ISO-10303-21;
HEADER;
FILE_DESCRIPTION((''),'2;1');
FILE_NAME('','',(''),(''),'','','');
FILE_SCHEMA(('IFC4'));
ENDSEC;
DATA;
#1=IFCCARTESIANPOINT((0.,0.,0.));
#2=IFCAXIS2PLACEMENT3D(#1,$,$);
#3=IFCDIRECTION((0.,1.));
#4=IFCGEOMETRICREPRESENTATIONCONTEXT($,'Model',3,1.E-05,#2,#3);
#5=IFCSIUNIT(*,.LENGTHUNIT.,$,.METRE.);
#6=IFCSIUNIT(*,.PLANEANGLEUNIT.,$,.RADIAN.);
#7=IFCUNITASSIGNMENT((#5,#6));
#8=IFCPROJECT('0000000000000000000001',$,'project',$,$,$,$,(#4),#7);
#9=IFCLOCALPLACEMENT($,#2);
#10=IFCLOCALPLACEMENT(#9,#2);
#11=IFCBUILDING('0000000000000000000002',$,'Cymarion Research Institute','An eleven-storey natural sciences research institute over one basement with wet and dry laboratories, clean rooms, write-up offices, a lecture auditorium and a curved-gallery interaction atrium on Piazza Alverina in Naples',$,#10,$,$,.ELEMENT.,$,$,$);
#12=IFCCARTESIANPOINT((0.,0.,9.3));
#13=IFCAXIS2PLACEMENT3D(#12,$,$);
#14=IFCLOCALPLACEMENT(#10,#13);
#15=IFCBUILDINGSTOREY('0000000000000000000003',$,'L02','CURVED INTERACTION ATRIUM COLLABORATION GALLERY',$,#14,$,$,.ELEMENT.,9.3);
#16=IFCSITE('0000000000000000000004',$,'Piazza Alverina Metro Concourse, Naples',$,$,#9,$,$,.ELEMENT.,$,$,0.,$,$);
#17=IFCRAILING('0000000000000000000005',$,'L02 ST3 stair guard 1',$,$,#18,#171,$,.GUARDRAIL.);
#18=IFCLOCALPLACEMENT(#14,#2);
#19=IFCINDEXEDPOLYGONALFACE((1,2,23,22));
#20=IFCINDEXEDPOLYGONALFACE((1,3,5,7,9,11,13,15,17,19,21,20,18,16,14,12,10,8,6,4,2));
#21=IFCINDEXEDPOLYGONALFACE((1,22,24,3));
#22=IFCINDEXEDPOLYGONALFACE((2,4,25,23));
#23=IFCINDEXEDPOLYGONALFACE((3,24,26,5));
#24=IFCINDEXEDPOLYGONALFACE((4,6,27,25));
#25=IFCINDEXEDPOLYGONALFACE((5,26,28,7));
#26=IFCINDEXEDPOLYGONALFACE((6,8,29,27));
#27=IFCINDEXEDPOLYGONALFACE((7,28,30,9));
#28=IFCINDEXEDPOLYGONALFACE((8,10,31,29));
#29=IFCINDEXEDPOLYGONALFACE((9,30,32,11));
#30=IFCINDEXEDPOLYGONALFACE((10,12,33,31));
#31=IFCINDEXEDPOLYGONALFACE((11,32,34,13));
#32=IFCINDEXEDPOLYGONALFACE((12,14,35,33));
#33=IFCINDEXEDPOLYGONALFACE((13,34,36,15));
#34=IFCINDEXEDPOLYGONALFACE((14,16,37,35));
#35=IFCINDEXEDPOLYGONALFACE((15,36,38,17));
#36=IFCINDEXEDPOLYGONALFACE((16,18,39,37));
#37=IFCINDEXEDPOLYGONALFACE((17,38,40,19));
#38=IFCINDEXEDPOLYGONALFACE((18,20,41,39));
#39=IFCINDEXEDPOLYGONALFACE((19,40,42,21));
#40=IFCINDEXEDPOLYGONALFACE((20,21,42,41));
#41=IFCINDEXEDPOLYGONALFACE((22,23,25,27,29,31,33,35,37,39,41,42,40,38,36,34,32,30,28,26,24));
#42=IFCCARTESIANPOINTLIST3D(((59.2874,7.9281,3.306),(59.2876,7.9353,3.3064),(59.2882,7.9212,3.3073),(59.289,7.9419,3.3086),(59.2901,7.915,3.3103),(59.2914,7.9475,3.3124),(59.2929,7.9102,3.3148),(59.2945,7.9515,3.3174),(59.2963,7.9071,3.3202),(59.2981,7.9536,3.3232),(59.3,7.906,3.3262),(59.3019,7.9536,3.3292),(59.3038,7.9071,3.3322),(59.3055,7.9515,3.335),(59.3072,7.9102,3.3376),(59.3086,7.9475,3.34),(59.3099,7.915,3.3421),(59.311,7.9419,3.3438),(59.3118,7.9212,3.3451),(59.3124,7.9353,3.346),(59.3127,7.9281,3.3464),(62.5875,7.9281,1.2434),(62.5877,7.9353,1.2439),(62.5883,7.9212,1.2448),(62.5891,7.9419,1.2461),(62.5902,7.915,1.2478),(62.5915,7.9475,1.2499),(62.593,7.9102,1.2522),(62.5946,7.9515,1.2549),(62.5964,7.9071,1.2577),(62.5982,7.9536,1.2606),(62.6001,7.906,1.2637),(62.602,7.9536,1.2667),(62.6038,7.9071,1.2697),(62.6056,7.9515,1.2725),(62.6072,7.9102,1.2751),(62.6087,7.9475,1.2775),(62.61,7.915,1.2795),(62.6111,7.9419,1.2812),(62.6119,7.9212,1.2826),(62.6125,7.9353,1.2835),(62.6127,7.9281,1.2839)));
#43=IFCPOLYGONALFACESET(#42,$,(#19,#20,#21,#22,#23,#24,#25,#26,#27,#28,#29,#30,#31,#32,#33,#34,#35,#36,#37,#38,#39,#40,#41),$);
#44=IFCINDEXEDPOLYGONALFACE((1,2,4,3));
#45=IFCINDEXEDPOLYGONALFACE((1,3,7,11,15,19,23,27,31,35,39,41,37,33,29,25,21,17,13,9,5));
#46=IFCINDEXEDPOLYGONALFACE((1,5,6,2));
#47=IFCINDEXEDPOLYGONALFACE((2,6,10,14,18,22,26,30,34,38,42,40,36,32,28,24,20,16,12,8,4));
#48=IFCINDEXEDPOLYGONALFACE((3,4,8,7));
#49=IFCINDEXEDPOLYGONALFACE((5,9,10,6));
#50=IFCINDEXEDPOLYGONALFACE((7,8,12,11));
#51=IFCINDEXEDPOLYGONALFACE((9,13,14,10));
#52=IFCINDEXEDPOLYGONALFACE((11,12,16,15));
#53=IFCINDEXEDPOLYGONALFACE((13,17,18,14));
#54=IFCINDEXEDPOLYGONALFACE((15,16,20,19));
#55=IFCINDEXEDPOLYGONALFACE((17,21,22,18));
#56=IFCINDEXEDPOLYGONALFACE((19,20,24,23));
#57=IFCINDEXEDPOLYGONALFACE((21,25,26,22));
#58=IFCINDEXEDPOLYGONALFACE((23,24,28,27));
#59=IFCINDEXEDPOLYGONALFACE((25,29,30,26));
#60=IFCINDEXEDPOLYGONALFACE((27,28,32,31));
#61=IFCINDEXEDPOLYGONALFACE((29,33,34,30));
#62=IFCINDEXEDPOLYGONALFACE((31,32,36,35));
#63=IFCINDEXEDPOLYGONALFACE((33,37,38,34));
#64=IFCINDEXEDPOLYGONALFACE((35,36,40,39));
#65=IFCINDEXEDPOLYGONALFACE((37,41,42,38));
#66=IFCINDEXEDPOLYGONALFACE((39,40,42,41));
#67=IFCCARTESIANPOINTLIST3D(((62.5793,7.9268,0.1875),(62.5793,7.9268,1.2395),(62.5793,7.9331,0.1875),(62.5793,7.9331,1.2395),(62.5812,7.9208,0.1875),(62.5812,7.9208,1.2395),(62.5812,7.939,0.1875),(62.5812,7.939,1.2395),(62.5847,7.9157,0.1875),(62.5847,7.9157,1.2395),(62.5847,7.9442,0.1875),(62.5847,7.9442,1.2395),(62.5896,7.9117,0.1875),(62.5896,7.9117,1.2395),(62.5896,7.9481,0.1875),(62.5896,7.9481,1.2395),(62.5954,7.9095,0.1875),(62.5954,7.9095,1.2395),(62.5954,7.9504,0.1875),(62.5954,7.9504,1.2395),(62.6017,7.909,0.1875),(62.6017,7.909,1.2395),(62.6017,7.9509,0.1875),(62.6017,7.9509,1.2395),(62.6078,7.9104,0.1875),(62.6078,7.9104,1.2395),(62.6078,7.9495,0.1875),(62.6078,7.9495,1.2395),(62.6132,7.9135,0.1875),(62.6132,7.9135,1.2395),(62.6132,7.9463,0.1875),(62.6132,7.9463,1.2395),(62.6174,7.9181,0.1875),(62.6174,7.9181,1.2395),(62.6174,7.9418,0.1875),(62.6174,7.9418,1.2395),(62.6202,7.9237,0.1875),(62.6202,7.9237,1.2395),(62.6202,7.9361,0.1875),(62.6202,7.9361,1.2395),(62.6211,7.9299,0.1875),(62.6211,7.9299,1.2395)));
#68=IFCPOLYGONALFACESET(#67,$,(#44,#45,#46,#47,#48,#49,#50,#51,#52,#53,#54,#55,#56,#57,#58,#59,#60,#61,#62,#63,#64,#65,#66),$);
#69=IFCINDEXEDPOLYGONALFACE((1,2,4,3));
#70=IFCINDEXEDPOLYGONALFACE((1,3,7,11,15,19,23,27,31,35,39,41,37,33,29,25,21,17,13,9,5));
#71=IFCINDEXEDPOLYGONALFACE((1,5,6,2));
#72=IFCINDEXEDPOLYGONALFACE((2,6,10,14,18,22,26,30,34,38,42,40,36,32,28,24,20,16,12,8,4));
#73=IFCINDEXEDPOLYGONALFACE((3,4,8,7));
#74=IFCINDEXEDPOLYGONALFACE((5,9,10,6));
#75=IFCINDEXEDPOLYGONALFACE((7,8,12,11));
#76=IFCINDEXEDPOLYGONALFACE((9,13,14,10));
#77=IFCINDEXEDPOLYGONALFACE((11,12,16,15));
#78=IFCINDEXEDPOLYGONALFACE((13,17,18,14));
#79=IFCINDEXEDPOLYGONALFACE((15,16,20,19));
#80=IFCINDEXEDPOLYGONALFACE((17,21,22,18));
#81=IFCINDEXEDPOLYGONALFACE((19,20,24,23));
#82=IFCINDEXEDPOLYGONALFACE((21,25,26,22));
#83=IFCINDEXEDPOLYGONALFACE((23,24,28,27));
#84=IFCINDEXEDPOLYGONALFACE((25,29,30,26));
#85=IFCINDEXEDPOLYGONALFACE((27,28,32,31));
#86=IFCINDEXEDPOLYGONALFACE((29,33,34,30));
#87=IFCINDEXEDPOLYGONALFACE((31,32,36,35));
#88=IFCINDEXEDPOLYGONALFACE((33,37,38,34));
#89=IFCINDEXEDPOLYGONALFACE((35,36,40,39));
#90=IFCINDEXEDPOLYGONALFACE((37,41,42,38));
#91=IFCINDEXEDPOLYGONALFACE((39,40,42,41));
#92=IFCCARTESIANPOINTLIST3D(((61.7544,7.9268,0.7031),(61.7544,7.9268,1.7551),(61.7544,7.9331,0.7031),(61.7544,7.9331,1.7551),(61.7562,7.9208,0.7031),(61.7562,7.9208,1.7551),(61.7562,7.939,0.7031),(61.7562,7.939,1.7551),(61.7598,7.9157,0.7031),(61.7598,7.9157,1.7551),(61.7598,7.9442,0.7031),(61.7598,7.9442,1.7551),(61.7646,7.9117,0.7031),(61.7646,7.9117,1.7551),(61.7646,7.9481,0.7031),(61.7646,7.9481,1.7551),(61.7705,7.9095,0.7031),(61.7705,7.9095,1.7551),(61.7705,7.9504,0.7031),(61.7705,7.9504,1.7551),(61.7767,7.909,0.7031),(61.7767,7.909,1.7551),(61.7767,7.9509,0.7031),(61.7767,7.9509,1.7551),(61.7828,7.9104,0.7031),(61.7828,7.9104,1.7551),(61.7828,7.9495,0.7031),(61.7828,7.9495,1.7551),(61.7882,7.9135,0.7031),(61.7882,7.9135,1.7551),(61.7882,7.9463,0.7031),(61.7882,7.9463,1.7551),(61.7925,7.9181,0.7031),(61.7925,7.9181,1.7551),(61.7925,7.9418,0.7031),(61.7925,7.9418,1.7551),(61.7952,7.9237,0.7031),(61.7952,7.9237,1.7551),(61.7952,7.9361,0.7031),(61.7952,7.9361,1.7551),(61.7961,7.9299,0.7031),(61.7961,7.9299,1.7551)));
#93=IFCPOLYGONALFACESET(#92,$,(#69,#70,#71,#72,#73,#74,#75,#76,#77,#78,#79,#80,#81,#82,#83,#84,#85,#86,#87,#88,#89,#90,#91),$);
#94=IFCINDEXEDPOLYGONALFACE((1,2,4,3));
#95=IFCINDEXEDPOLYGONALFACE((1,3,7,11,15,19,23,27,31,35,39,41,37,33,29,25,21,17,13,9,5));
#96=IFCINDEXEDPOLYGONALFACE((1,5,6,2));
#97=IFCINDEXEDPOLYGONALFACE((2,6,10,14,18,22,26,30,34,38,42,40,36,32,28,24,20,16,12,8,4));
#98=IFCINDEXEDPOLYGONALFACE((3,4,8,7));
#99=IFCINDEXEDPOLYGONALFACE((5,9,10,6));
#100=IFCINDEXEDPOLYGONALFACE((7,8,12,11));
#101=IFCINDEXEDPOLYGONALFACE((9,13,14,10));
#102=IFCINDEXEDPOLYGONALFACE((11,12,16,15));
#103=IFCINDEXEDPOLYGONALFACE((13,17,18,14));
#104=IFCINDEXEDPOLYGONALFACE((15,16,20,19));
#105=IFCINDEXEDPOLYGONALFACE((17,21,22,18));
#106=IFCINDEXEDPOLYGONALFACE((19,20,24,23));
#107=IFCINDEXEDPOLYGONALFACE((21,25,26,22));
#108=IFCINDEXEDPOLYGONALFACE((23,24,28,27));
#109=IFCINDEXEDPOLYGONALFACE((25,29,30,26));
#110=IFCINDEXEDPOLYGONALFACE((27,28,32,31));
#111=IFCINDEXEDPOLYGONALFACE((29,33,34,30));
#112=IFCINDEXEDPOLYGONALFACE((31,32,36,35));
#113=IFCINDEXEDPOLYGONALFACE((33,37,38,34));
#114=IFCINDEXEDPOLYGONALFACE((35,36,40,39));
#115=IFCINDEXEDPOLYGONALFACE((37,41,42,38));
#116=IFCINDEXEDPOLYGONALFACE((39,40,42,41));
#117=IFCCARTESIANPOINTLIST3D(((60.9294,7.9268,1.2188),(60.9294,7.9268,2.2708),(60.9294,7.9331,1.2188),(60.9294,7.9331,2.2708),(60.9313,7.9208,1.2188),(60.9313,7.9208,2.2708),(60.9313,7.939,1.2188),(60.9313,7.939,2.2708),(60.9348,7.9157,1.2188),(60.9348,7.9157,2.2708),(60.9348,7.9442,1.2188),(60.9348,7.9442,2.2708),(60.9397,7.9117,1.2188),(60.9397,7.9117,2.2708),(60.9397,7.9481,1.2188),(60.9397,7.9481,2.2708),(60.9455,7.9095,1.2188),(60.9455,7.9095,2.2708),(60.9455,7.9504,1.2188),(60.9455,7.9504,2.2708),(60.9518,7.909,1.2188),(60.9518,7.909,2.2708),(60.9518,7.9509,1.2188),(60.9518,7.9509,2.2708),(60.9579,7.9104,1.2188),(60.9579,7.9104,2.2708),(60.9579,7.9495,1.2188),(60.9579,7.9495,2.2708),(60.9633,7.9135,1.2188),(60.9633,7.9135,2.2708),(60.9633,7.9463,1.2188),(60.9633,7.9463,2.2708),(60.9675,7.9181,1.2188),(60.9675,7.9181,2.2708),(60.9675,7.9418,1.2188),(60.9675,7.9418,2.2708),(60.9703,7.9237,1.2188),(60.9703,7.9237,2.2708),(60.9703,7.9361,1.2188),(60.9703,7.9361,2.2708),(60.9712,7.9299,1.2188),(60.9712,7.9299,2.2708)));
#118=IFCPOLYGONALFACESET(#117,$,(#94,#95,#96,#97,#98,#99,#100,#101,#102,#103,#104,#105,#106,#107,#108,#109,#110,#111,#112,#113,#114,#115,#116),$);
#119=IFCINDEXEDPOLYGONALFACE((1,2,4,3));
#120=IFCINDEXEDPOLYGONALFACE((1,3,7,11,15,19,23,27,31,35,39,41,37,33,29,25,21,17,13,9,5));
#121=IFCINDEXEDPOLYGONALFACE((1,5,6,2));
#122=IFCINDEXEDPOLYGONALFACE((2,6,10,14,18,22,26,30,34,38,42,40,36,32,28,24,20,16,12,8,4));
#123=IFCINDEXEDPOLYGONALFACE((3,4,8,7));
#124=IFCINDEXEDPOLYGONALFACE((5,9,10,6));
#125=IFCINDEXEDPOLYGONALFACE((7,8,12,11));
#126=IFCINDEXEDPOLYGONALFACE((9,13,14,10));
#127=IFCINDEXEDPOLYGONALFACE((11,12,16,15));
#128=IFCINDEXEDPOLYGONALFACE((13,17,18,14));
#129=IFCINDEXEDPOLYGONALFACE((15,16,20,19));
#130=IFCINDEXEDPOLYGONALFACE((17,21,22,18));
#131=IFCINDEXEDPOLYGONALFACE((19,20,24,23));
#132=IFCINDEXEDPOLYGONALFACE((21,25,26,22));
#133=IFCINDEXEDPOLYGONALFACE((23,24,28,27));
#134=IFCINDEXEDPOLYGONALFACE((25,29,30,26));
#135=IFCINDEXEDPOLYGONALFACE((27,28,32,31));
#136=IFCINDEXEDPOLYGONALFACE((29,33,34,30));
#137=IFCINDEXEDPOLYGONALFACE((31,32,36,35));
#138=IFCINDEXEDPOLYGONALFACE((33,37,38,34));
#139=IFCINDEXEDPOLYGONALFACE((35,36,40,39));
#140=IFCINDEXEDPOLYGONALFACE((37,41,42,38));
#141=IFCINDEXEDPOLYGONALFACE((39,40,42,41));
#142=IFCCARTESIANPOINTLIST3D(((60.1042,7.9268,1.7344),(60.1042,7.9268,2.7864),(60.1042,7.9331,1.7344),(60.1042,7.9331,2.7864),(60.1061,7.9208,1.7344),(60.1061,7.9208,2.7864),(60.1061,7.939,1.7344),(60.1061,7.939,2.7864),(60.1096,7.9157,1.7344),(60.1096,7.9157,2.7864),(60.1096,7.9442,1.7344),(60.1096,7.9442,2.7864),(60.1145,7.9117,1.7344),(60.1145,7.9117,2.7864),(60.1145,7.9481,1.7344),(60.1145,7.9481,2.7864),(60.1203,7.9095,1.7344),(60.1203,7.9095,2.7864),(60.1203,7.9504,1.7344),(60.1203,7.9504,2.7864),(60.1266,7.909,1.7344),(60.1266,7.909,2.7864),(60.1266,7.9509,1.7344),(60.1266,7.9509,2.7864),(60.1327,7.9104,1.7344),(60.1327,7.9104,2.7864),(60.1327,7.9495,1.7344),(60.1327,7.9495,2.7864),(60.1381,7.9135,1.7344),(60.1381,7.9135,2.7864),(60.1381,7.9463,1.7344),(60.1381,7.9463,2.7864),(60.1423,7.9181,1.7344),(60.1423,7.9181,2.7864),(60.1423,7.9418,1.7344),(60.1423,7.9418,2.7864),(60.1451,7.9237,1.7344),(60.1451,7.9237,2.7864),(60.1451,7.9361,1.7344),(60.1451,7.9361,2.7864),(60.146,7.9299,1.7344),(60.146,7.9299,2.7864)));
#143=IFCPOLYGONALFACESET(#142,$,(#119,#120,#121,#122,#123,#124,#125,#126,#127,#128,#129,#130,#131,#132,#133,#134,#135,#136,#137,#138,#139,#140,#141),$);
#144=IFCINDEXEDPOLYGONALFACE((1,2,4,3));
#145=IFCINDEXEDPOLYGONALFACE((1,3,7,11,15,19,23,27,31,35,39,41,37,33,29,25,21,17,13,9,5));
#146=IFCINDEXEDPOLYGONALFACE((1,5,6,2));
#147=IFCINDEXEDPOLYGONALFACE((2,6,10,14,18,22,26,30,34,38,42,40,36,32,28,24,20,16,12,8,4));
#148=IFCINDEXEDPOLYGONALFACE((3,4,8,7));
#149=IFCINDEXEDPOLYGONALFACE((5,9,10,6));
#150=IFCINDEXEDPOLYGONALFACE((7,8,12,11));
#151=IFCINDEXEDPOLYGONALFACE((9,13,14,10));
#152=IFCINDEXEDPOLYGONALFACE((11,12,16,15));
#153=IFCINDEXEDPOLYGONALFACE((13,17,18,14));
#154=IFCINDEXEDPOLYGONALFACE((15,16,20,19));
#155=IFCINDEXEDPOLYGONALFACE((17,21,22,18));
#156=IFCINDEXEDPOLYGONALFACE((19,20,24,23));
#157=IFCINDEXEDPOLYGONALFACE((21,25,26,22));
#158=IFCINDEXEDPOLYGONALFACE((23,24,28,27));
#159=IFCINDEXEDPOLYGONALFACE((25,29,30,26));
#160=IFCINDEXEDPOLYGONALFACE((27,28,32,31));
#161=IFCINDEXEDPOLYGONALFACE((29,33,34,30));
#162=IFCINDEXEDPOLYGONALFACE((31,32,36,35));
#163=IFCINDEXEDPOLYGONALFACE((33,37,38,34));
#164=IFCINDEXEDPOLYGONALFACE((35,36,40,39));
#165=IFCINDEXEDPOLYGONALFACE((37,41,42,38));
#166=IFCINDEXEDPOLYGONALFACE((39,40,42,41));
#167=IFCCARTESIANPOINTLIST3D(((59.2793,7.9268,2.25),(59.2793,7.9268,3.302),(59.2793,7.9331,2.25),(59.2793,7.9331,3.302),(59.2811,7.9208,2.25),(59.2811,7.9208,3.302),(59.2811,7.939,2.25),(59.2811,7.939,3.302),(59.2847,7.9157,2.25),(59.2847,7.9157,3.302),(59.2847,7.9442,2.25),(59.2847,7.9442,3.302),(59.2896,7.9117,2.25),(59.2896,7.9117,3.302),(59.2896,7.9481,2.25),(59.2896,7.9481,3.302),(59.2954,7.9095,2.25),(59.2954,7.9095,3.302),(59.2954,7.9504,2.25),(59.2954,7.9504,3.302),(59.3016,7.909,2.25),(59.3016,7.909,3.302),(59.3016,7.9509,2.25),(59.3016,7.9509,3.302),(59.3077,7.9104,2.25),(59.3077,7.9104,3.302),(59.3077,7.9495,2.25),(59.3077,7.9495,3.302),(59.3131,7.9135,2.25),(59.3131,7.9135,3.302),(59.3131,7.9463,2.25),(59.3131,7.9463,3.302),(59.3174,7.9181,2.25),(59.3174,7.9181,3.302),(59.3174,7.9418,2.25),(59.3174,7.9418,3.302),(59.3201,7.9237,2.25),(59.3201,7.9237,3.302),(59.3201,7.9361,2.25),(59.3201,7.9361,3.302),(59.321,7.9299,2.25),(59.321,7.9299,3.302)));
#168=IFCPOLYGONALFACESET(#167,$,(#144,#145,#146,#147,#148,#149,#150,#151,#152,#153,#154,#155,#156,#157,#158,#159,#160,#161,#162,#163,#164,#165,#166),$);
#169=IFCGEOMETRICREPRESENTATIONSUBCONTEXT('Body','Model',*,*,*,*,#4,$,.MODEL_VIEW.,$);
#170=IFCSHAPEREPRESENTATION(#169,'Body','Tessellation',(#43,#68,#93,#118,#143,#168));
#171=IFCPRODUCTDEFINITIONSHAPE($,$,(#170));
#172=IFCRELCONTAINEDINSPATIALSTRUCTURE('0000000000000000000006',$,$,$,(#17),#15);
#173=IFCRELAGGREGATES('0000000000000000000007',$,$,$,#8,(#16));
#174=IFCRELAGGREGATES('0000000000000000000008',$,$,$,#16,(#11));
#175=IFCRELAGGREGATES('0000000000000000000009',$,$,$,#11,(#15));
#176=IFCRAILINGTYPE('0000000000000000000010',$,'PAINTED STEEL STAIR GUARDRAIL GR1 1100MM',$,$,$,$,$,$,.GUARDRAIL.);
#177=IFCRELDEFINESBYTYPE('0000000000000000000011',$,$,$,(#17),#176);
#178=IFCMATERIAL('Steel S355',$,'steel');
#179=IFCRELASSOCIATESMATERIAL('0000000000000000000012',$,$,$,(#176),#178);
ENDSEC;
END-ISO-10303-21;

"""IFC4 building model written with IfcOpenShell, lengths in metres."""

from ifc_helpers import new_model, si_unit, direction, frame, origin, origin_2d, place, context, subcontext, project, spatial, circle, extrude, material, type_object, element, save


model = new_model("IFC4")

# Units and contexts
model_context = context("Model", 3, precision=1e-05, world=origin(), true_north=direction((0.0, 1.0)))
body_context = subcontext(model_context, "Body", "Model", "MODEL_VIEW")
ifc_project = project(units=[si_unit("LENGTHUNIT", "METRE"), si_unit("PLANEANGLEUNIT", "RADIAN")], contexts=[model_context])

# Site, building, storey
site_placement = place(None, origin())
site = spatial("IfcSite", under=ifc_project, at=site_placement, Name="Piazza Alverina Metro Concourse, Naples", CompositionType="ELEMENT", RefElevation=0.0)
building_placement = place(site_placement, origin())
building = spatial("IfcBuilding", under=site, at=building_placement, Name="Cymarion Research Institute", Description="An eleven-storey natural sciences research institute over one basement with wet and dry laboratories, clean rooms, write-up offices, a lecture auditorium and a curved-gallery interaction atrium on Piazza Alverina in Naples", CompositionType="ELEMENT")
storey_placement = place(building_placement, frame((0.0, 0.0, 9.3)))
storey = spatial("IfcBuildingStorey", under=building, at=storey_placement, Name="L02", Description="CURVED INTERACTION ATRIUM COLLABORATION GALLERY", CompositionType="ELEMENT", Elevation=9.3)

# Shared definitions
ifc_material_1 = material(Name="Steel S355", Category="steel")

# Railing
railing_type_1 = type_object("IfcRailingType", Name="PAINTED STEEL STAIR GUARDRAIL GR1 1100MM", PredefinedType="GUARDRAIL", material=ifc_material_1)
railing_1_placement = place(storey_placement, frame((62.6001, 7.9299, 0.1875)))
element("IfcRailing", 1, at=railing_1_placement, inside=storey, type_object=railing_type_1, Name="L02 ST3 stair guard 1", PredefinedType="GUARDRAIL", context=body_context, shape_type="SweptSolid", body=[
    extrude(circle(Radius=0.0239, at=origin_2d()), frame((0.0, 0.0, 1.0762), z_axis=(-0.848002, 0.0, 0.529993), x_axis=(0.0, -1.0, 0.0)), (0.0, 0.0, 1.0), 3.8916),
    extrude(circle(Radius=0.021, at=origin_2d()), origin(), (0.0, 0.0, 1.0), 1.052),
    extrude(circle(Radius=0.021, at=origin_2d()), frame((-0.825, 0.0, 0.5156)), (0.0, 0.0, 1.0), 1.052),
    extrude(circle(Radius=0.021, at=origin_2d()), frame((-1.6499, 0.0, 1.0312)), (0.0, 0.0, 1.0), 1.052),
    extrude(circle(Radius=0.021, at=origin_2d()), frame((-2.4751, 0.0, 1.5469)), (0.0, 0.0, 1.0), 1.052),
    extrude(circle(Radius=0.021, at=origin_2d()), frame((-3.3, 0.0, 2.0625)), (0.0, 0.0, 1.0), 1.052),
])

save(model, "model.ifc")
